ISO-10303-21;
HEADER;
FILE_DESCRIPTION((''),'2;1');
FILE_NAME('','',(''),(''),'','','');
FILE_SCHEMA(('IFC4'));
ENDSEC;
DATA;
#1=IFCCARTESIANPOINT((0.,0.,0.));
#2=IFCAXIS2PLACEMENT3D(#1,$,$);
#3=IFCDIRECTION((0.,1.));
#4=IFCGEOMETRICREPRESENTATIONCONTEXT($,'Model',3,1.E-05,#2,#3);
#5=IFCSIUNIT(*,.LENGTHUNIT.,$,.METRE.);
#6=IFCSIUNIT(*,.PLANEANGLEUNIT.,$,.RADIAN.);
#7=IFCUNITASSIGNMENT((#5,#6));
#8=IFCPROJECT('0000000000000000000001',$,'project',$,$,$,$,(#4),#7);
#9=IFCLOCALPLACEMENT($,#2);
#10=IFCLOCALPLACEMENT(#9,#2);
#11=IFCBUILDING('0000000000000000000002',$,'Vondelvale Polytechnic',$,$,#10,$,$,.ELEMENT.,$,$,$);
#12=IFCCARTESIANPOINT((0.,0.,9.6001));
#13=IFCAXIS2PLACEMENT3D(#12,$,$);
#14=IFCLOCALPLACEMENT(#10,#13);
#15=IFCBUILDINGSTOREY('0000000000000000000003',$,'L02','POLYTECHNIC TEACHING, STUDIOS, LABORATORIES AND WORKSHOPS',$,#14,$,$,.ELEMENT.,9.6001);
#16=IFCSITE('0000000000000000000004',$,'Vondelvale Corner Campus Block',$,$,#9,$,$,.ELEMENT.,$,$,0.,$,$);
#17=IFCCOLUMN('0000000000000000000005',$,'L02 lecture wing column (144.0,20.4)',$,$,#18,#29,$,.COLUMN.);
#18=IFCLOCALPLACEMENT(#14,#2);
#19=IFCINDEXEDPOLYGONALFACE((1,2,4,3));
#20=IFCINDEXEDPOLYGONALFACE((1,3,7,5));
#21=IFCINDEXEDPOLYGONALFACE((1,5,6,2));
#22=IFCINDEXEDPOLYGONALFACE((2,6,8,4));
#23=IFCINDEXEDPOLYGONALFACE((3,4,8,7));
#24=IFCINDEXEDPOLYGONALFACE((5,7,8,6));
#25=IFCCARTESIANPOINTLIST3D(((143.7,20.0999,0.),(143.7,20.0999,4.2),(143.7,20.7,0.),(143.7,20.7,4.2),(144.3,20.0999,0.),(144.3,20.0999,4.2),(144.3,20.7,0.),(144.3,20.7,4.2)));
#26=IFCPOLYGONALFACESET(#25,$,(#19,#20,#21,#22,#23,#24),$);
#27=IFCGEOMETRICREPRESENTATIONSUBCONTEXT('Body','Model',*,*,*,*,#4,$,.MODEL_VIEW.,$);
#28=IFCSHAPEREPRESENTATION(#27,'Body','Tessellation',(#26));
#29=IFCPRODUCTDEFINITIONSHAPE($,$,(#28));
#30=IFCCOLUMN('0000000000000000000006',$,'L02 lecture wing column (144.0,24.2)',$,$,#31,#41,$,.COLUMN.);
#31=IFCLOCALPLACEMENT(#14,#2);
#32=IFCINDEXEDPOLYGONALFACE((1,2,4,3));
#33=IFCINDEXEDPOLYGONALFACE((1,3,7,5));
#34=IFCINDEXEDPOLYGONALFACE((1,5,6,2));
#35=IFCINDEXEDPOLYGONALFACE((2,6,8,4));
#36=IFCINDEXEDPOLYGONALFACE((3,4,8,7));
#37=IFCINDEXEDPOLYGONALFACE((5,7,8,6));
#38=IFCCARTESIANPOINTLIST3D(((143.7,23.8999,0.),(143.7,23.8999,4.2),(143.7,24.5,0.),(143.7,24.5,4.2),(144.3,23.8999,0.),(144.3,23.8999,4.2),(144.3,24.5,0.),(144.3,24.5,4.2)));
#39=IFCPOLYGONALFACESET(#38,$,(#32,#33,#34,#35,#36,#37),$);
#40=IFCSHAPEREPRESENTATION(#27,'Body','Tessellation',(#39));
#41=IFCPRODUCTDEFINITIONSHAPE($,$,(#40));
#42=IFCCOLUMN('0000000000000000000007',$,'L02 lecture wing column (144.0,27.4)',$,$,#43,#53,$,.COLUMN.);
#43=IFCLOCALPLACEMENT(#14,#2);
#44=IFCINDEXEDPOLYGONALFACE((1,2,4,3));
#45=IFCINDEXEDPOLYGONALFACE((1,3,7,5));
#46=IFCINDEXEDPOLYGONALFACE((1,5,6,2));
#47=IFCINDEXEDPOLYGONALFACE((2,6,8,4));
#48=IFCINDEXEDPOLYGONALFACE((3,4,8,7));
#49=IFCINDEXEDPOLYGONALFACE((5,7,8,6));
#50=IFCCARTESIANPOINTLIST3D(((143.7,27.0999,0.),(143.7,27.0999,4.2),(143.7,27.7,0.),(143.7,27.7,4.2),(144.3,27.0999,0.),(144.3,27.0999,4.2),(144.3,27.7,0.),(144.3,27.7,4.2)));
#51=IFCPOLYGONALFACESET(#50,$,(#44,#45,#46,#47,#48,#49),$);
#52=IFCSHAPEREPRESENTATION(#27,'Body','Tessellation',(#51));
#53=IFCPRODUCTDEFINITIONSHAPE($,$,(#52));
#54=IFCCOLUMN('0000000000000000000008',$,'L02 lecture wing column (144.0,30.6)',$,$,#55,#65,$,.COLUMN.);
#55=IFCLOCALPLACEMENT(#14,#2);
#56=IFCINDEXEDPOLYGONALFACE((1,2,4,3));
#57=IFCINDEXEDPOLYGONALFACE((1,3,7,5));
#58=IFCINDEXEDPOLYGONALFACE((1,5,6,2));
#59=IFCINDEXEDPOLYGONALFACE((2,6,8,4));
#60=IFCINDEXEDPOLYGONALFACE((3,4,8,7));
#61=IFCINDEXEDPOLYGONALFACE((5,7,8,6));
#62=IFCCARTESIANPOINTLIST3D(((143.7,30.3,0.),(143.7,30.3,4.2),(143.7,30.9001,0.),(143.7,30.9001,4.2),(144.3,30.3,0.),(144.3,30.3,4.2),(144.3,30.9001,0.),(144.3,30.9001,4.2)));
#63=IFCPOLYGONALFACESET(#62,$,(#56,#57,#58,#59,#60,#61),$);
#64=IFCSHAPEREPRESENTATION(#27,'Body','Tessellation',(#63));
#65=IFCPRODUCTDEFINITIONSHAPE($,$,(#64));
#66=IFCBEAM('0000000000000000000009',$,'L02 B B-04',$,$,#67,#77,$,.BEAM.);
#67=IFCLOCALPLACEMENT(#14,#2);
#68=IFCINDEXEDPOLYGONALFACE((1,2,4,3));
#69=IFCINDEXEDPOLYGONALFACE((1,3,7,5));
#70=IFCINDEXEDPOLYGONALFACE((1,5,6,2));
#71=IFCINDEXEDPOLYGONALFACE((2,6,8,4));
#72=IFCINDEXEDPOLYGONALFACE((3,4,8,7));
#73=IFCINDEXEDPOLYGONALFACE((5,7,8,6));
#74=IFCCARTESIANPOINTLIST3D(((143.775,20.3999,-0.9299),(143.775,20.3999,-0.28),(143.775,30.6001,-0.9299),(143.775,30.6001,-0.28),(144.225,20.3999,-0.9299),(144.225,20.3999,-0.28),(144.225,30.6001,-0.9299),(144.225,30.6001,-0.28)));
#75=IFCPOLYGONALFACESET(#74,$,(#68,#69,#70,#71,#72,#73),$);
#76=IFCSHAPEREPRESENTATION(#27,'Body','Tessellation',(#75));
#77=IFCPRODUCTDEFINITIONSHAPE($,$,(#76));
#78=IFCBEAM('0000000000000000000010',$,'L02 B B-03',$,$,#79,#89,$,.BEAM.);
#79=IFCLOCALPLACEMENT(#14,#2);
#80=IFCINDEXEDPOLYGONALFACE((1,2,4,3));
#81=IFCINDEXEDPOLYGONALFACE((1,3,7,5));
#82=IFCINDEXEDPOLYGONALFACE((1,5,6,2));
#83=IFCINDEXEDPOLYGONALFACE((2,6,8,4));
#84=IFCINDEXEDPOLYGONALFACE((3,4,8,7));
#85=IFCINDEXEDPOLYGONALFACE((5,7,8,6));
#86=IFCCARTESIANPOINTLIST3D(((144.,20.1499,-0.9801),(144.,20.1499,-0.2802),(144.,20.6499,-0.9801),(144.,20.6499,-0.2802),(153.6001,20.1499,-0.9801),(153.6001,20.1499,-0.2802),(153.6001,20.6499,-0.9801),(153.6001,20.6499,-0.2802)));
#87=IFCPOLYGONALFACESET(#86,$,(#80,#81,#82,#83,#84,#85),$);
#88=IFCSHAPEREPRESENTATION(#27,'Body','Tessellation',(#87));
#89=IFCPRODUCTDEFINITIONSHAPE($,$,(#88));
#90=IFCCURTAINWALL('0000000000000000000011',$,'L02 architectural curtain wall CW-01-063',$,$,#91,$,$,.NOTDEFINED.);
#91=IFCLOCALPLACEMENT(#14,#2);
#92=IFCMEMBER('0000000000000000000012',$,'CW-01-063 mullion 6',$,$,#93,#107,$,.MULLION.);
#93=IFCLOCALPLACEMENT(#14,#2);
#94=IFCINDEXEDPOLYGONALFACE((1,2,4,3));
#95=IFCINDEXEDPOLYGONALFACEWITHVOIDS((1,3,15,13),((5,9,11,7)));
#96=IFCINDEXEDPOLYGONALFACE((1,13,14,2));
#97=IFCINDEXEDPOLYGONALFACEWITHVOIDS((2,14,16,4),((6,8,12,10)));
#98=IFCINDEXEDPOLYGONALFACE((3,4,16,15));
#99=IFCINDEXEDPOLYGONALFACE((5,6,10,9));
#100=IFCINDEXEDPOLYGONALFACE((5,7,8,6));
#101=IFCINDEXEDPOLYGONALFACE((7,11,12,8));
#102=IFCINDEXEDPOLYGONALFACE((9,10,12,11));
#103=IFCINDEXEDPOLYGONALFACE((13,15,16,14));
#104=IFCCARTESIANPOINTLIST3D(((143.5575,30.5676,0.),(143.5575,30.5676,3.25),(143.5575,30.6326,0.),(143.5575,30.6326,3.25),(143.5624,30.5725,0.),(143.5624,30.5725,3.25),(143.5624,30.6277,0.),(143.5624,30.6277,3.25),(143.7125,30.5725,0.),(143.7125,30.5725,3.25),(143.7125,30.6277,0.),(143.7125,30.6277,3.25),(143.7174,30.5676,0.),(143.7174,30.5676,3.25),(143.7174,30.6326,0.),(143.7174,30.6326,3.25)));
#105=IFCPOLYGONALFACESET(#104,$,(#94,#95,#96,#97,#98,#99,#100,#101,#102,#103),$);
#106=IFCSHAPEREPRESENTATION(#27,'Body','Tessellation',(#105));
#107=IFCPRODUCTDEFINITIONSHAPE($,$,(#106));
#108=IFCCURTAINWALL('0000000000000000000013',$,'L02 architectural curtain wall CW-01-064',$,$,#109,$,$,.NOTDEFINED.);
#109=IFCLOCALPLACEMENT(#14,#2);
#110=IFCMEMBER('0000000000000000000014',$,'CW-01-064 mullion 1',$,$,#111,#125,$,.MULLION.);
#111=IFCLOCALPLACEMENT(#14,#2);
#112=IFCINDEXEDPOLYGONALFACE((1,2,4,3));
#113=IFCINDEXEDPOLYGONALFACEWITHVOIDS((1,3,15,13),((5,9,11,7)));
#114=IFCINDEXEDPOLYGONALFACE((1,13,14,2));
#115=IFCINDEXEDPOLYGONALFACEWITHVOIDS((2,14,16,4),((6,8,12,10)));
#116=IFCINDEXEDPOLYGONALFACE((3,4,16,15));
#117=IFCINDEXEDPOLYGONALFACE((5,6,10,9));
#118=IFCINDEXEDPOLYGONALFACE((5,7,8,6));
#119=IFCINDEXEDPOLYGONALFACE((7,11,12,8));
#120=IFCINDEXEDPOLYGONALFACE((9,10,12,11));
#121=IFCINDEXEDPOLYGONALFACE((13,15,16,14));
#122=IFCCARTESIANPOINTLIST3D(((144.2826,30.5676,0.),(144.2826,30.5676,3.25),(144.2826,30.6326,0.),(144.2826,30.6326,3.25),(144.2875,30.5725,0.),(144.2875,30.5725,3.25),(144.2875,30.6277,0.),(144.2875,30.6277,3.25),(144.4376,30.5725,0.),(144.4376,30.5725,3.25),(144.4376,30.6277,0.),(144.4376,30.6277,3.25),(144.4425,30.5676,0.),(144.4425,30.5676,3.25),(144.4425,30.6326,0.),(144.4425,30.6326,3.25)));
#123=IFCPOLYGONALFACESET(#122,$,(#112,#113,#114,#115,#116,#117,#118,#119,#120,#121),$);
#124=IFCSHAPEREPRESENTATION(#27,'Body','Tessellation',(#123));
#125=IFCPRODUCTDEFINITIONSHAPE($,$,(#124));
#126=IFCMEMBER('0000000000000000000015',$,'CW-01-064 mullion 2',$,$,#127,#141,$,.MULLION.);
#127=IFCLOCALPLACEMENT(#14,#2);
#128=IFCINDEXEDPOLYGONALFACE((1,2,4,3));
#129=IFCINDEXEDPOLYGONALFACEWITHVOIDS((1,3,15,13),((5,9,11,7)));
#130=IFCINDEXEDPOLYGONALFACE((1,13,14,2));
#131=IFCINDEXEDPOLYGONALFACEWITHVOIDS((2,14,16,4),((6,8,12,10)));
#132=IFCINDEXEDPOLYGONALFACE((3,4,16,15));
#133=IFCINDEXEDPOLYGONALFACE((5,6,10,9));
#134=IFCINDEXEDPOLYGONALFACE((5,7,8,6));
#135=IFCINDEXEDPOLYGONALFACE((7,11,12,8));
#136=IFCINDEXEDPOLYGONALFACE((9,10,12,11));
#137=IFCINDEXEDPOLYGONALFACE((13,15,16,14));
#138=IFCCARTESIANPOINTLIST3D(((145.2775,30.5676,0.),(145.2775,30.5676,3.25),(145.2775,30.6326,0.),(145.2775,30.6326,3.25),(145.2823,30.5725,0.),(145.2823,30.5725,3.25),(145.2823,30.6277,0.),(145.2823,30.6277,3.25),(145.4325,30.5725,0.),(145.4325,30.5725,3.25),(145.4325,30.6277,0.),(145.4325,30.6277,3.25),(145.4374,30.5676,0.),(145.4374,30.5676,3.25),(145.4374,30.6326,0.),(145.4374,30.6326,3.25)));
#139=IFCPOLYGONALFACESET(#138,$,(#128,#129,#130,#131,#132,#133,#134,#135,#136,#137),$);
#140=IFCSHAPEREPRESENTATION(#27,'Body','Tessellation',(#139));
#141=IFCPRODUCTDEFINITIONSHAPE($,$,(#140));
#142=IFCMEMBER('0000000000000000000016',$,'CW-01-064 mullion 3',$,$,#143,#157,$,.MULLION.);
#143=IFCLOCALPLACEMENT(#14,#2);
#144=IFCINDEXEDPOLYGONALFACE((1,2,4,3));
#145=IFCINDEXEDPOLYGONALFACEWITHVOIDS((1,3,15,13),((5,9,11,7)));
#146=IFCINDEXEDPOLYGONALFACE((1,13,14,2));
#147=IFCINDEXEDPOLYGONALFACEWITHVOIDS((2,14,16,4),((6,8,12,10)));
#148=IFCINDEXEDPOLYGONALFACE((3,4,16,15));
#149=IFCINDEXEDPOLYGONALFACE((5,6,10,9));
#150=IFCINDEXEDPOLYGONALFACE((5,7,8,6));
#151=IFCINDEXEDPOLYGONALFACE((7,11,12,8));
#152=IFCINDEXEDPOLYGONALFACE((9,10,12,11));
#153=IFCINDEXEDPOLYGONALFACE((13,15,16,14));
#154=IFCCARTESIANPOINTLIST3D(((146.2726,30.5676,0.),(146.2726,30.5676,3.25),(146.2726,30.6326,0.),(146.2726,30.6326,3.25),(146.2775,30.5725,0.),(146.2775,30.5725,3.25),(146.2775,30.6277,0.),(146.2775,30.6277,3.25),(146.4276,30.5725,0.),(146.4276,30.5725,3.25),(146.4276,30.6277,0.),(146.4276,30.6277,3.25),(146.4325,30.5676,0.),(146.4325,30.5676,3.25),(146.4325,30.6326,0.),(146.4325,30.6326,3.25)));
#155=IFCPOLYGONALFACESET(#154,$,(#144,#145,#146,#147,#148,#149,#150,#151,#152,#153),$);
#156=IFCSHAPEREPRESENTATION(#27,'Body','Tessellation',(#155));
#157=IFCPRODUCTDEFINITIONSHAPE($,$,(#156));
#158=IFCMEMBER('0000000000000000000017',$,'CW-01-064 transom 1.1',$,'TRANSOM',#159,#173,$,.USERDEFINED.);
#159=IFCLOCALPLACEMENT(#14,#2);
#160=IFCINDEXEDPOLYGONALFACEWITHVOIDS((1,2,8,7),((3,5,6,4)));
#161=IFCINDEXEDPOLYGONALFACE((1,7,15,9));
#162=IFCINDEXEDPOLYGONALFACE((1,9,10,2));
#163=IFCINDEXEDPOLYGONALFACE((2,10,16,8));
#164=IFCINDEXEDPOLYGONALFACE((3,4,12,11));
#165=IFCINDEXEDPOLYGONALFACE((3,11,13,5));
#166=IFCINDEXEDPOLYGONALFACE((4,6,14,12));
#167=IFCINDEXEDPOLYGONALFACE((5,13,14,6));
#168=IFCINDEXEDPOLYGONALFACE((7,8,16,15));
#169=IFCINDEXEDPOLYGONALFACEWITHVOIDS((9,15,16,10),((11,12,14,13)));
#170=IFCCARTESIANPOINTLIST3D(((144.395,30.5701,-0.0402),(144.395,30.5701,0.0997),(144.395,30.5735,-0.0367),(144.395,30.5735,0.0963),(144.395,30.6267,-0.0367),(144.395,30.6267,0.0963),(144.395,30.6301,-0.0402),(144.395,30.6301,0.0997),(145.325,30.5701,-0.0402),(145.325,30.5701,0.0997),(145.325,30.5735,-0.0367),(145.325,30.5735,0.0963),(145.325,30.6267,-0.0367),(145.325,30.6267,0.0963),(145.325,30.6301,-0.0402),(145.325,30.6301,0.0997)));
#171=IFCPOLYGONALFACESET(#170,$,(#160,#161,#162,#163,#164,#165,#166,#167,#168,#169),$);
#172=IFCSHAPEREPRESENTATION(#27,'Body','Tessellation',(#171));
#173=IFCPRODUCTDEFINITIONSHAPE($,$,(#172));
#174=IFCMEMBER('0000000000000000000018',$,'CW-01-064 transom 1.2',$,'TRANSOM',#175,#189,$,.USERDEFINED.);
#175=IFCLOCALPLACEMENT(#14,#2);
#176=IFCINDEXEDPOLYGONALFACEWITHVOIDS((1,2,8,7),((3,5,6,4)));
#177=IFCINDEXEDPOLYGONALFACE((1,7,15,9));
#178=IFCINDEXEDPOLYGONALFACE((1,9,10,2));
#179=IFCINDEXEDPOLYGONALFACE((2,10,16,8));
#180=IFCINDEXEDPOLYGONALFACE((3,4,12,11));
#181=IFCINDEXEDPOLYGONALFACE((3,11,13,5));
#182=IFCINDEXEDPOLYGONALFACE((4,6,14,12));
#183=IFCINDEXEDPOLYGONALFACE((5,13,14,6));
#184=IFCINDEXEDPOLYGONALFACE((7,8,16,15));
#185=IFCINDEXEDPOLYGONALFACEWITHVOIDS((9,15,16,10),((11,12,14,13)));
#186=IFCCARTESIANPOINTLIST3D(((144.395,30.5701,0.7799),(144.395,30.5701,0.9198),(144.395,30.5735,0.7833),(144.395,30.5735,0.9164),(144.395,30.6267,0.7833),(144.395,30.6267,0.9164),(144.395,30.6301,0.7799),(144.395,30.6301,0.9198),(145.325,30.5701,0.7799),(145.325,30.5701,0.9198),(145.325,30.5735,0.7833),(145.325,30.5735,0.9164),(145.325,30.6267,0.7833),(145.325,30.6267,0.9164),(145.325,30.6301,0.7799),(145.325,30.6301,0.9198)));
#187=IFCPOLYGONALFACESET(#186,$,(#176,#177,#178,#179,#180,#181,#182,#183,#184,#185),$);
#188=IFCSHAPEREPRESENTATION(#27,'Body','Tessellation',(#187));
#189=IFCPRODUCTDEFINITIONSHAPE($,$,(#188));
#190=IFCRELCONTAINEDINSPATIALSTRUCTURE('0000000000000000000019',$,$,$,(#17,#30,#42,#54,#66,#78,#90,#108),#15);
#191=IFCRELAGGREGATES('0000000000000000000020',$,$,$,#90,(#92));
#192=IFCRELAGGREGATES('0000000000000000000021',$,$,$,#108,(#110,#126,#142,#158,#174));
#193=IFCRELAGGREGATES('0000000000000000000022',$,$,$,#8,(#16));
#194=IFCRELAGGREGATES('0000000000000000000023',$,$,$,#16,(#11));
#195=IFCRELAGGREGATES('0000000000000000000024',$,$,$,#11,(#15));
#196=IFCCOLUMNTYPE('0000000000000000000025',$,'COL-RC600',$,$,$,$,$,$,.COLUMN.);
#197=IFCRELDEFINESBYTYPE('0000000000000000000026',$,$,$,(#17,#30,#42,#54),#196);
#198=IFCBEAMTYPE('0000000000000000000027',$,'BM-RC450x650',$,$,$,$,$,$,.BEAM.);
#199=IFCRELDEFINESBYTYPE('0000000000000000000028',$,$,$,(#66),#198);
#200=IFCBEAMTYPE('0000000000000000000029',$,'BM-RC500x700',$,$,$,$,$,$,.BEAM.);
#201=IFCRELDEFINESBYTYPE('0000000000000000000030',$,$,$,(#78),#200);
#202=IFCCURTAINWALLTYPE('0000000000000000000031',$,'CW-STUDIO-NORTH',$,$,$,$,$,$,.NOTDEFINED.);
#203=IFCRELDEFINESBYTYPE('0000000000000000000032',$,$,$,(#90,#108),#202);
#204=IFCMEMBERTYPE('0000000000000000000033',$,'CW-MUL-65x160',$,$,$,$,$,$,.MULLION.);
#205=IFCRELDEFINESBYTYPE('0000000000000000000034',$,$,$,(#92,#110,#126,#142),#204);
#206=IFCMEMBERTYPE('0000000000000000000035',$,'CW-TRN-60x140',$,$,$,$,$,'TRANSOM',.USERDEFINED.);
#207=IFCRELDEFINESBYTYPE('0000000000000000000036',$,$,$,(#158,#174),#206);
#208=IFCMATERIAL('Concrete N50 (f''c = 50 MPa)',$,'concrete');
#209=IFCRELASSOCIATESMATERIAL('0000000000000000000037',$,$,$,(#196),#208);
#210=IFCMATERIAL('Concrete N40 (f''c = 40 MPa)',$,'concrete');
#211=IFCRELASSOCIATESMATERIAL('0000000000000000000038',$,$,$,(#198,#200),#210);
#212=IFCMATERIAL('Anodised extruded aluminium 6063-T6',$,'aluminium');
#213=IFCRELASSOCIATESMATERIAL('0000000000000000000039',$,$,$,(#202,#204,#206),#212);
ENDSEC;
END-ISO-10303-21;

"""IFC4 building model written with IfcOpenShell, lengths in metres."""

from ifc_helpers import new_model, si_unit, direction, frame, origin, origin_2d, place, context, subcontext, project, spatial, rectangle, hollow_rectangle, extrude, material, material_profile, profile_set, type_object, element, aggregate, save


model = new_model("IFC4")

# Units and contexts
model_context = context("Model", 3, precision=1e-05, world=origin(), true_north=direction((0.0, 1.0)))
body_context = subcontext(model_context, "Body", "Model", "MODEL_VIEW")
ifc_project = project(units=[si_unit("LENGTHUNIT", "METRE"), si_unit("PLANEANGLEUNIT", "RADIAN")], contexts=[model_context])

# Site, building, storey
site_placement = place(None, origin())
site = spatial("IfcSite", under=ifc_project, at=site_placement, Name="Vondelvale Corner Campus Block", CompositionType="ELEMENT", RefElevation=0.0)
building_placement = place(site_placement, origin())
building = spatial("IfcBuilding", under=site, at=building_placement, Name="Vondelvale Polytechnic", CompositionType="ELEMENT")
storey_placement = place(building_placement, frame((0.0, 0.0, 9.6001)))
storey = spatial("IfcBuildingStorey", under=building, at=storey_placement, Name="L02", Description="POLYTECHNIC TEACHING, STUDIOS, LABORATORIES AND WORKSHOPS", CompositionType="ELEMENT", Elevation=9.6001)

# Columns
ifc_material_1 = material(Name="Concrete N50 (f'c = 50 MPa)", Category="concrete")
ifc_material_profile_1 = material_profile(ifc_material_1, rectangle(XDim=0.6001, YDim=0.6001, at=origin_2d()), Name="RC-COL-600x600")
ifc_profile_set_1 = profile_set([ifc_material_profile_1], Name="Concrete N50 (f'c = 50 MPa)")
column_type = type_object("IfcColumnType", Name="COL-RC600", PredefinedType="COLUMN", material=ifc_profile_set_1)
for number, where, z_axis, x_axis, name in (
    (1, (144.0, 20.3999, 0.0), (0.0, 0.0, 1.0), (1.0, 0.0, 0.0), "L02 lecture wing column (144.0,20.4)"),
    (2, (144.0, 24.2, 0.0), (0.0, 0.0, 1.0), (1.0, 0.0, 0.0), "L02 lecture wing column (144.0,24.2)"),
    (3, (144.0, 27.3999, 0.0), (0.0, 0.0, 1.0), (1.0, 0.0, 0.0), "L02 lecture wing column (144.0,27.4)"),
    (4, (144.0, 30.6001, 0.0), (0.0, 0.0, 1.0), (1.0, 0.0, 0.0), "L02 lecture wing column (144.0,30.6)"),
):
    element("IfcColumn", number, at=place(storey_placement, frame(where, z_axis=z_axis, x_axis=x_axis)), inside=storey, type_object=column_type, Name=name, PredefinedType="COLUMN", context=body_context, shape_type="SweptSolid", body=[
        extrude(rectangle(XDim=0.6001, YDim=0.6001, at=origin_2d()), origin(), (0.0, 0.0, 1.0), 4.2),
    ])

# Beams
ifc_material_2 = material(Name="Concrete N40 (f'c = 40 MPa)", Category="concrete")
ifc_material_profile_2 = material_profile(ifc_material_2, rectangle(XDim=0.45, YDim=0.6499, at=origin_2d()), Name="RC-BM-450x650")
ifc_profile_set_2 = profile_set([ifc_material_profile_2], Name="Concrete N40 (f'c = 40 MPa)")
beam_type_1 = type_object("IfcBeamType", Name="BM-RC450x650", PredefinedType="BEAM", material=ifc_profile_set_2)
beam_1_placement = place(storey_placement, frame((144.0, 20.3999, -0.605), z_axis=(0.0, 1.0, 0.0), x_axis=(-1.0, 0.0, 0.0)))
element("IfcBeam", 5, at=beam_1_placement, inside=storey, type_object=beam_type_1, Name="L02 B B-04", PredefinedType="BEAM", context=body_context, shape_type="SweptSolid", body=[
    extrude(rectangle(XDim=0.45, YDim=0.6499, at=origin_2d()), origin(), (0.0, 0.0, 1.0), 10.2002),
])
ifc_material_profile_3 = material_profile(ifc_material_2, rectangle(XDim=0.5, YDim=0.7, at=origin_2d()), Name="RC-BM-500x700")
ifc_profile_set_3 = profile_set([ifc_material_profile_3], Name="Concrete N40 (f'c = 40 MPa)")
beam_type_2 = type_object("IfcBeamType", Name="BM-RC500x700", PredefinedType="BEAM", material=ifc_profile_set_3)
beam_2_placement = place(storey_placement, frame((144.0, 20.3999, -0.6301), z_axis=(1.0, 0.0, 0.0), x_axis=(0.0, 1.0, 0.0)))
element("IfcBeam", 6, at=beam_2_placement, inside=storey, type_object=beam_type_2, Name="L02 B B-03", PredefinedType="BEAM", context=body_context, shape_type="SweptSolid", body=[
    extrude(rectangle(XDim=0.5, YDim=0.7, at=origin_2d()), origin(), (0.0, 0.0, 1.0), 9.6001),
])

# Curtain wall, member
ifc_material_3 = material(Name="Anodised extruded aluminium 6063-T6", Category="aluminium")
curtain_wall_type = type_object("IfcCurtainWallType", Name="CW-STUDIO-NORTH", PredefinedType="NOTDEFINED", material=ifc_material_3)
curtain_wall_1_placement = place(storey_placement, origin())
curtain_wall_1 = element("IfcCurtainWall", 7, at=curtain_wall_1_placement, inside=storey, type_object=curtain_wall_type, Name="L02 architectural curtain wall CW-01-063", PredefinedType="NOTDEFINED")
ifc_material_profile_4 = material_profile(ifc_material_3, hollow_rectangle(XDim=0.0649, YDim=0.1599, WallThickness=0.0049, at=origin_2d()), Name="CW-MUL-160x65")
ifc_profile_set_4 = profile_set([ifc_material_profile_4], Name="Anodised extruded aluminium 6063-T6")
member_type_1 = type_object("IfcMemberType", Name="CW-MUL-65x160", PredefinedType="MULLION", material=ifc_profile_set_4)
member_1_placement = place(storey_placement, frame((143.6375, 30.6001, 0.0), z_axis=(0.0, 0.0, 1.0), x_axis=(0.0, 1.0, 0.0)))
member_1 = element("IfcMember", 8, at=member_1_placement, type_object=member_type_1, Name="CW-01-063 mullion 6", PredefinedType="MULLION", context=body_context, shape_type="SweptSolid", body=[
    extrude(hollow_rectangle(XDim=0.0649, YDim=0.1599, WallThickness=0.0049, at=origin_2d()), origin(), (0.0, 0.0, 1.0), 3.25),
])
aggregate(curtain_wall_1, [member_1])

# Curtain wall, members
curtain_wall_2_placement = place(storey_placement, origin())
curtain_wall_2 = element("IfcCurtainWall", 9, at=curtain_wall_2_placement, inside=storey, type_object=curtain_wall_type, Name="L02 architectural curtain wall CW-01-064", PredefinedType="NOTDEFINED")
member_2_placement = place(storey_placement, frame((144.3625, 30.6001, 0.0), z_axis=(0.0, 0.0, 1.0), x_axis=(0.0, 1.0, 0.0)))
member_2 = element("IfcMember", 10, at=member_2_placement, type_object=member_type_1, Name="CW-01-064 mullion 1", PredefinedType="MULLION", context=body_context, shape_type="SweptSolid", body=[
    extrude(hollow_rectangle(XDim=0.0649, YDim=0.1599, WallThickness=0.0049, at=origin_2d()), origin(), (0.0, 0.0, 1.0), 3.25),
])
member_3_placement = place(storey_placement, frame((145.3574, 30.6001, 0.0), z_axis=(0.0, 0.0, 1.0), x_axis=(0.0, 1.0, 0.0)))
member_3 = element("IfcMember", 11, at=member_3_placement, type_object=member_type_1, Name="CW-01-064 mullion 2", PredefinedType="MULLION", context=body_context, shape_type="SweptSolid", body=[
    extrude(hollow_rectangle(XDim=0.0649, YDim=0.1599, WallThickness=0.0049, at=origin_2d()), origin(), (0.0, 0.0, 1.0), 3.25),
])
member_4_placement = place(storey_placement, frame((146.3525, 30.6001, 0.0), z_axis=(0.0, 0.0, 1.0), x_axis=(0.0, 1.0, 0.0)))
member_4 = element("IfcMember", 12, at=member_4_placement, type_object=member_type_1, Name="CW-01-064 mullion 3", PredefinedType="MULLION", context=body_context, shape_type="SweptSolid", body=[
    extrude(hollow_rectangle(XDim=0.0649, YDim=0.1599, WallThickness=0.0049, at=origin_2d()), origin(), (0.0, 0.0, 1.0), 3.25),
])
ifc_material_profile_5 = material_profile(ifc_material_3, hollow_rectangle(XDim=0.0601, YDim=0.1399, WallThickness=0.0034, at=origin_2d()), Name="CW-TRN-140x60")
ifc_profile_set_5 = profile_set([ifc_material_profile_5], Name="Anodised extruded aluminium 6063-T6")
member_type_2 = type_object("IfcMemberType", Name="CW-TRN-60x140", ElementType="TRANSOM", PredefinedType="USERDEFINED", material=ifc_profile_set_5)
member_5_placement = place(storey_placement, frame((144.395, 30.6001, 0.0298), z_axis=(1.0, 0.0, 0.0), x_axis=(0.0, 1.0, 0.0)))
member_5 = element("IfcMember", 13, at=member_5_placement, type_object=member_type_2, Name="CW-01-064 transom 1.1", ObjectType="TRANSOM", PredefinedType="USERDEFINED", context=body_context, shape_type="SweptSolid", body=[
    extrude(hollow_rectangle(XDim=0.0601, YDim=0.1399, WallThickness=0.0034, at=origin_2d()), origin(), (0.0, 0.0, 1.0), 0.9299),
])
member_6_placement = place(storey_placement, frame((144.395, 30.6001, 0.8499), z_axis=(1.0, 0.0, 0.0), x_axis=(0.0, 1.0, 0.0)))
member_6 = element("IfcMember", 14, at=member_6_placement, type_object=member_type_2, Name="CW-01-064 transom 1.2", ObjectType="TRANSOM", PredefinedType="USERDEFINED", context=body_context, shape_type="SweptSolid", body=[
    extrude(hollow_rectangle(XDim=0.0601, YDim=0.1399, WallThickness=0.0034, at=origin_2d()), origin(), (0.0, 0.0, 1.0), 0.9299),
])

aggregate(curtain_wall_2, [member_2, member_3, member_4, member_5, member_6])

save(model, "model.ifc")
